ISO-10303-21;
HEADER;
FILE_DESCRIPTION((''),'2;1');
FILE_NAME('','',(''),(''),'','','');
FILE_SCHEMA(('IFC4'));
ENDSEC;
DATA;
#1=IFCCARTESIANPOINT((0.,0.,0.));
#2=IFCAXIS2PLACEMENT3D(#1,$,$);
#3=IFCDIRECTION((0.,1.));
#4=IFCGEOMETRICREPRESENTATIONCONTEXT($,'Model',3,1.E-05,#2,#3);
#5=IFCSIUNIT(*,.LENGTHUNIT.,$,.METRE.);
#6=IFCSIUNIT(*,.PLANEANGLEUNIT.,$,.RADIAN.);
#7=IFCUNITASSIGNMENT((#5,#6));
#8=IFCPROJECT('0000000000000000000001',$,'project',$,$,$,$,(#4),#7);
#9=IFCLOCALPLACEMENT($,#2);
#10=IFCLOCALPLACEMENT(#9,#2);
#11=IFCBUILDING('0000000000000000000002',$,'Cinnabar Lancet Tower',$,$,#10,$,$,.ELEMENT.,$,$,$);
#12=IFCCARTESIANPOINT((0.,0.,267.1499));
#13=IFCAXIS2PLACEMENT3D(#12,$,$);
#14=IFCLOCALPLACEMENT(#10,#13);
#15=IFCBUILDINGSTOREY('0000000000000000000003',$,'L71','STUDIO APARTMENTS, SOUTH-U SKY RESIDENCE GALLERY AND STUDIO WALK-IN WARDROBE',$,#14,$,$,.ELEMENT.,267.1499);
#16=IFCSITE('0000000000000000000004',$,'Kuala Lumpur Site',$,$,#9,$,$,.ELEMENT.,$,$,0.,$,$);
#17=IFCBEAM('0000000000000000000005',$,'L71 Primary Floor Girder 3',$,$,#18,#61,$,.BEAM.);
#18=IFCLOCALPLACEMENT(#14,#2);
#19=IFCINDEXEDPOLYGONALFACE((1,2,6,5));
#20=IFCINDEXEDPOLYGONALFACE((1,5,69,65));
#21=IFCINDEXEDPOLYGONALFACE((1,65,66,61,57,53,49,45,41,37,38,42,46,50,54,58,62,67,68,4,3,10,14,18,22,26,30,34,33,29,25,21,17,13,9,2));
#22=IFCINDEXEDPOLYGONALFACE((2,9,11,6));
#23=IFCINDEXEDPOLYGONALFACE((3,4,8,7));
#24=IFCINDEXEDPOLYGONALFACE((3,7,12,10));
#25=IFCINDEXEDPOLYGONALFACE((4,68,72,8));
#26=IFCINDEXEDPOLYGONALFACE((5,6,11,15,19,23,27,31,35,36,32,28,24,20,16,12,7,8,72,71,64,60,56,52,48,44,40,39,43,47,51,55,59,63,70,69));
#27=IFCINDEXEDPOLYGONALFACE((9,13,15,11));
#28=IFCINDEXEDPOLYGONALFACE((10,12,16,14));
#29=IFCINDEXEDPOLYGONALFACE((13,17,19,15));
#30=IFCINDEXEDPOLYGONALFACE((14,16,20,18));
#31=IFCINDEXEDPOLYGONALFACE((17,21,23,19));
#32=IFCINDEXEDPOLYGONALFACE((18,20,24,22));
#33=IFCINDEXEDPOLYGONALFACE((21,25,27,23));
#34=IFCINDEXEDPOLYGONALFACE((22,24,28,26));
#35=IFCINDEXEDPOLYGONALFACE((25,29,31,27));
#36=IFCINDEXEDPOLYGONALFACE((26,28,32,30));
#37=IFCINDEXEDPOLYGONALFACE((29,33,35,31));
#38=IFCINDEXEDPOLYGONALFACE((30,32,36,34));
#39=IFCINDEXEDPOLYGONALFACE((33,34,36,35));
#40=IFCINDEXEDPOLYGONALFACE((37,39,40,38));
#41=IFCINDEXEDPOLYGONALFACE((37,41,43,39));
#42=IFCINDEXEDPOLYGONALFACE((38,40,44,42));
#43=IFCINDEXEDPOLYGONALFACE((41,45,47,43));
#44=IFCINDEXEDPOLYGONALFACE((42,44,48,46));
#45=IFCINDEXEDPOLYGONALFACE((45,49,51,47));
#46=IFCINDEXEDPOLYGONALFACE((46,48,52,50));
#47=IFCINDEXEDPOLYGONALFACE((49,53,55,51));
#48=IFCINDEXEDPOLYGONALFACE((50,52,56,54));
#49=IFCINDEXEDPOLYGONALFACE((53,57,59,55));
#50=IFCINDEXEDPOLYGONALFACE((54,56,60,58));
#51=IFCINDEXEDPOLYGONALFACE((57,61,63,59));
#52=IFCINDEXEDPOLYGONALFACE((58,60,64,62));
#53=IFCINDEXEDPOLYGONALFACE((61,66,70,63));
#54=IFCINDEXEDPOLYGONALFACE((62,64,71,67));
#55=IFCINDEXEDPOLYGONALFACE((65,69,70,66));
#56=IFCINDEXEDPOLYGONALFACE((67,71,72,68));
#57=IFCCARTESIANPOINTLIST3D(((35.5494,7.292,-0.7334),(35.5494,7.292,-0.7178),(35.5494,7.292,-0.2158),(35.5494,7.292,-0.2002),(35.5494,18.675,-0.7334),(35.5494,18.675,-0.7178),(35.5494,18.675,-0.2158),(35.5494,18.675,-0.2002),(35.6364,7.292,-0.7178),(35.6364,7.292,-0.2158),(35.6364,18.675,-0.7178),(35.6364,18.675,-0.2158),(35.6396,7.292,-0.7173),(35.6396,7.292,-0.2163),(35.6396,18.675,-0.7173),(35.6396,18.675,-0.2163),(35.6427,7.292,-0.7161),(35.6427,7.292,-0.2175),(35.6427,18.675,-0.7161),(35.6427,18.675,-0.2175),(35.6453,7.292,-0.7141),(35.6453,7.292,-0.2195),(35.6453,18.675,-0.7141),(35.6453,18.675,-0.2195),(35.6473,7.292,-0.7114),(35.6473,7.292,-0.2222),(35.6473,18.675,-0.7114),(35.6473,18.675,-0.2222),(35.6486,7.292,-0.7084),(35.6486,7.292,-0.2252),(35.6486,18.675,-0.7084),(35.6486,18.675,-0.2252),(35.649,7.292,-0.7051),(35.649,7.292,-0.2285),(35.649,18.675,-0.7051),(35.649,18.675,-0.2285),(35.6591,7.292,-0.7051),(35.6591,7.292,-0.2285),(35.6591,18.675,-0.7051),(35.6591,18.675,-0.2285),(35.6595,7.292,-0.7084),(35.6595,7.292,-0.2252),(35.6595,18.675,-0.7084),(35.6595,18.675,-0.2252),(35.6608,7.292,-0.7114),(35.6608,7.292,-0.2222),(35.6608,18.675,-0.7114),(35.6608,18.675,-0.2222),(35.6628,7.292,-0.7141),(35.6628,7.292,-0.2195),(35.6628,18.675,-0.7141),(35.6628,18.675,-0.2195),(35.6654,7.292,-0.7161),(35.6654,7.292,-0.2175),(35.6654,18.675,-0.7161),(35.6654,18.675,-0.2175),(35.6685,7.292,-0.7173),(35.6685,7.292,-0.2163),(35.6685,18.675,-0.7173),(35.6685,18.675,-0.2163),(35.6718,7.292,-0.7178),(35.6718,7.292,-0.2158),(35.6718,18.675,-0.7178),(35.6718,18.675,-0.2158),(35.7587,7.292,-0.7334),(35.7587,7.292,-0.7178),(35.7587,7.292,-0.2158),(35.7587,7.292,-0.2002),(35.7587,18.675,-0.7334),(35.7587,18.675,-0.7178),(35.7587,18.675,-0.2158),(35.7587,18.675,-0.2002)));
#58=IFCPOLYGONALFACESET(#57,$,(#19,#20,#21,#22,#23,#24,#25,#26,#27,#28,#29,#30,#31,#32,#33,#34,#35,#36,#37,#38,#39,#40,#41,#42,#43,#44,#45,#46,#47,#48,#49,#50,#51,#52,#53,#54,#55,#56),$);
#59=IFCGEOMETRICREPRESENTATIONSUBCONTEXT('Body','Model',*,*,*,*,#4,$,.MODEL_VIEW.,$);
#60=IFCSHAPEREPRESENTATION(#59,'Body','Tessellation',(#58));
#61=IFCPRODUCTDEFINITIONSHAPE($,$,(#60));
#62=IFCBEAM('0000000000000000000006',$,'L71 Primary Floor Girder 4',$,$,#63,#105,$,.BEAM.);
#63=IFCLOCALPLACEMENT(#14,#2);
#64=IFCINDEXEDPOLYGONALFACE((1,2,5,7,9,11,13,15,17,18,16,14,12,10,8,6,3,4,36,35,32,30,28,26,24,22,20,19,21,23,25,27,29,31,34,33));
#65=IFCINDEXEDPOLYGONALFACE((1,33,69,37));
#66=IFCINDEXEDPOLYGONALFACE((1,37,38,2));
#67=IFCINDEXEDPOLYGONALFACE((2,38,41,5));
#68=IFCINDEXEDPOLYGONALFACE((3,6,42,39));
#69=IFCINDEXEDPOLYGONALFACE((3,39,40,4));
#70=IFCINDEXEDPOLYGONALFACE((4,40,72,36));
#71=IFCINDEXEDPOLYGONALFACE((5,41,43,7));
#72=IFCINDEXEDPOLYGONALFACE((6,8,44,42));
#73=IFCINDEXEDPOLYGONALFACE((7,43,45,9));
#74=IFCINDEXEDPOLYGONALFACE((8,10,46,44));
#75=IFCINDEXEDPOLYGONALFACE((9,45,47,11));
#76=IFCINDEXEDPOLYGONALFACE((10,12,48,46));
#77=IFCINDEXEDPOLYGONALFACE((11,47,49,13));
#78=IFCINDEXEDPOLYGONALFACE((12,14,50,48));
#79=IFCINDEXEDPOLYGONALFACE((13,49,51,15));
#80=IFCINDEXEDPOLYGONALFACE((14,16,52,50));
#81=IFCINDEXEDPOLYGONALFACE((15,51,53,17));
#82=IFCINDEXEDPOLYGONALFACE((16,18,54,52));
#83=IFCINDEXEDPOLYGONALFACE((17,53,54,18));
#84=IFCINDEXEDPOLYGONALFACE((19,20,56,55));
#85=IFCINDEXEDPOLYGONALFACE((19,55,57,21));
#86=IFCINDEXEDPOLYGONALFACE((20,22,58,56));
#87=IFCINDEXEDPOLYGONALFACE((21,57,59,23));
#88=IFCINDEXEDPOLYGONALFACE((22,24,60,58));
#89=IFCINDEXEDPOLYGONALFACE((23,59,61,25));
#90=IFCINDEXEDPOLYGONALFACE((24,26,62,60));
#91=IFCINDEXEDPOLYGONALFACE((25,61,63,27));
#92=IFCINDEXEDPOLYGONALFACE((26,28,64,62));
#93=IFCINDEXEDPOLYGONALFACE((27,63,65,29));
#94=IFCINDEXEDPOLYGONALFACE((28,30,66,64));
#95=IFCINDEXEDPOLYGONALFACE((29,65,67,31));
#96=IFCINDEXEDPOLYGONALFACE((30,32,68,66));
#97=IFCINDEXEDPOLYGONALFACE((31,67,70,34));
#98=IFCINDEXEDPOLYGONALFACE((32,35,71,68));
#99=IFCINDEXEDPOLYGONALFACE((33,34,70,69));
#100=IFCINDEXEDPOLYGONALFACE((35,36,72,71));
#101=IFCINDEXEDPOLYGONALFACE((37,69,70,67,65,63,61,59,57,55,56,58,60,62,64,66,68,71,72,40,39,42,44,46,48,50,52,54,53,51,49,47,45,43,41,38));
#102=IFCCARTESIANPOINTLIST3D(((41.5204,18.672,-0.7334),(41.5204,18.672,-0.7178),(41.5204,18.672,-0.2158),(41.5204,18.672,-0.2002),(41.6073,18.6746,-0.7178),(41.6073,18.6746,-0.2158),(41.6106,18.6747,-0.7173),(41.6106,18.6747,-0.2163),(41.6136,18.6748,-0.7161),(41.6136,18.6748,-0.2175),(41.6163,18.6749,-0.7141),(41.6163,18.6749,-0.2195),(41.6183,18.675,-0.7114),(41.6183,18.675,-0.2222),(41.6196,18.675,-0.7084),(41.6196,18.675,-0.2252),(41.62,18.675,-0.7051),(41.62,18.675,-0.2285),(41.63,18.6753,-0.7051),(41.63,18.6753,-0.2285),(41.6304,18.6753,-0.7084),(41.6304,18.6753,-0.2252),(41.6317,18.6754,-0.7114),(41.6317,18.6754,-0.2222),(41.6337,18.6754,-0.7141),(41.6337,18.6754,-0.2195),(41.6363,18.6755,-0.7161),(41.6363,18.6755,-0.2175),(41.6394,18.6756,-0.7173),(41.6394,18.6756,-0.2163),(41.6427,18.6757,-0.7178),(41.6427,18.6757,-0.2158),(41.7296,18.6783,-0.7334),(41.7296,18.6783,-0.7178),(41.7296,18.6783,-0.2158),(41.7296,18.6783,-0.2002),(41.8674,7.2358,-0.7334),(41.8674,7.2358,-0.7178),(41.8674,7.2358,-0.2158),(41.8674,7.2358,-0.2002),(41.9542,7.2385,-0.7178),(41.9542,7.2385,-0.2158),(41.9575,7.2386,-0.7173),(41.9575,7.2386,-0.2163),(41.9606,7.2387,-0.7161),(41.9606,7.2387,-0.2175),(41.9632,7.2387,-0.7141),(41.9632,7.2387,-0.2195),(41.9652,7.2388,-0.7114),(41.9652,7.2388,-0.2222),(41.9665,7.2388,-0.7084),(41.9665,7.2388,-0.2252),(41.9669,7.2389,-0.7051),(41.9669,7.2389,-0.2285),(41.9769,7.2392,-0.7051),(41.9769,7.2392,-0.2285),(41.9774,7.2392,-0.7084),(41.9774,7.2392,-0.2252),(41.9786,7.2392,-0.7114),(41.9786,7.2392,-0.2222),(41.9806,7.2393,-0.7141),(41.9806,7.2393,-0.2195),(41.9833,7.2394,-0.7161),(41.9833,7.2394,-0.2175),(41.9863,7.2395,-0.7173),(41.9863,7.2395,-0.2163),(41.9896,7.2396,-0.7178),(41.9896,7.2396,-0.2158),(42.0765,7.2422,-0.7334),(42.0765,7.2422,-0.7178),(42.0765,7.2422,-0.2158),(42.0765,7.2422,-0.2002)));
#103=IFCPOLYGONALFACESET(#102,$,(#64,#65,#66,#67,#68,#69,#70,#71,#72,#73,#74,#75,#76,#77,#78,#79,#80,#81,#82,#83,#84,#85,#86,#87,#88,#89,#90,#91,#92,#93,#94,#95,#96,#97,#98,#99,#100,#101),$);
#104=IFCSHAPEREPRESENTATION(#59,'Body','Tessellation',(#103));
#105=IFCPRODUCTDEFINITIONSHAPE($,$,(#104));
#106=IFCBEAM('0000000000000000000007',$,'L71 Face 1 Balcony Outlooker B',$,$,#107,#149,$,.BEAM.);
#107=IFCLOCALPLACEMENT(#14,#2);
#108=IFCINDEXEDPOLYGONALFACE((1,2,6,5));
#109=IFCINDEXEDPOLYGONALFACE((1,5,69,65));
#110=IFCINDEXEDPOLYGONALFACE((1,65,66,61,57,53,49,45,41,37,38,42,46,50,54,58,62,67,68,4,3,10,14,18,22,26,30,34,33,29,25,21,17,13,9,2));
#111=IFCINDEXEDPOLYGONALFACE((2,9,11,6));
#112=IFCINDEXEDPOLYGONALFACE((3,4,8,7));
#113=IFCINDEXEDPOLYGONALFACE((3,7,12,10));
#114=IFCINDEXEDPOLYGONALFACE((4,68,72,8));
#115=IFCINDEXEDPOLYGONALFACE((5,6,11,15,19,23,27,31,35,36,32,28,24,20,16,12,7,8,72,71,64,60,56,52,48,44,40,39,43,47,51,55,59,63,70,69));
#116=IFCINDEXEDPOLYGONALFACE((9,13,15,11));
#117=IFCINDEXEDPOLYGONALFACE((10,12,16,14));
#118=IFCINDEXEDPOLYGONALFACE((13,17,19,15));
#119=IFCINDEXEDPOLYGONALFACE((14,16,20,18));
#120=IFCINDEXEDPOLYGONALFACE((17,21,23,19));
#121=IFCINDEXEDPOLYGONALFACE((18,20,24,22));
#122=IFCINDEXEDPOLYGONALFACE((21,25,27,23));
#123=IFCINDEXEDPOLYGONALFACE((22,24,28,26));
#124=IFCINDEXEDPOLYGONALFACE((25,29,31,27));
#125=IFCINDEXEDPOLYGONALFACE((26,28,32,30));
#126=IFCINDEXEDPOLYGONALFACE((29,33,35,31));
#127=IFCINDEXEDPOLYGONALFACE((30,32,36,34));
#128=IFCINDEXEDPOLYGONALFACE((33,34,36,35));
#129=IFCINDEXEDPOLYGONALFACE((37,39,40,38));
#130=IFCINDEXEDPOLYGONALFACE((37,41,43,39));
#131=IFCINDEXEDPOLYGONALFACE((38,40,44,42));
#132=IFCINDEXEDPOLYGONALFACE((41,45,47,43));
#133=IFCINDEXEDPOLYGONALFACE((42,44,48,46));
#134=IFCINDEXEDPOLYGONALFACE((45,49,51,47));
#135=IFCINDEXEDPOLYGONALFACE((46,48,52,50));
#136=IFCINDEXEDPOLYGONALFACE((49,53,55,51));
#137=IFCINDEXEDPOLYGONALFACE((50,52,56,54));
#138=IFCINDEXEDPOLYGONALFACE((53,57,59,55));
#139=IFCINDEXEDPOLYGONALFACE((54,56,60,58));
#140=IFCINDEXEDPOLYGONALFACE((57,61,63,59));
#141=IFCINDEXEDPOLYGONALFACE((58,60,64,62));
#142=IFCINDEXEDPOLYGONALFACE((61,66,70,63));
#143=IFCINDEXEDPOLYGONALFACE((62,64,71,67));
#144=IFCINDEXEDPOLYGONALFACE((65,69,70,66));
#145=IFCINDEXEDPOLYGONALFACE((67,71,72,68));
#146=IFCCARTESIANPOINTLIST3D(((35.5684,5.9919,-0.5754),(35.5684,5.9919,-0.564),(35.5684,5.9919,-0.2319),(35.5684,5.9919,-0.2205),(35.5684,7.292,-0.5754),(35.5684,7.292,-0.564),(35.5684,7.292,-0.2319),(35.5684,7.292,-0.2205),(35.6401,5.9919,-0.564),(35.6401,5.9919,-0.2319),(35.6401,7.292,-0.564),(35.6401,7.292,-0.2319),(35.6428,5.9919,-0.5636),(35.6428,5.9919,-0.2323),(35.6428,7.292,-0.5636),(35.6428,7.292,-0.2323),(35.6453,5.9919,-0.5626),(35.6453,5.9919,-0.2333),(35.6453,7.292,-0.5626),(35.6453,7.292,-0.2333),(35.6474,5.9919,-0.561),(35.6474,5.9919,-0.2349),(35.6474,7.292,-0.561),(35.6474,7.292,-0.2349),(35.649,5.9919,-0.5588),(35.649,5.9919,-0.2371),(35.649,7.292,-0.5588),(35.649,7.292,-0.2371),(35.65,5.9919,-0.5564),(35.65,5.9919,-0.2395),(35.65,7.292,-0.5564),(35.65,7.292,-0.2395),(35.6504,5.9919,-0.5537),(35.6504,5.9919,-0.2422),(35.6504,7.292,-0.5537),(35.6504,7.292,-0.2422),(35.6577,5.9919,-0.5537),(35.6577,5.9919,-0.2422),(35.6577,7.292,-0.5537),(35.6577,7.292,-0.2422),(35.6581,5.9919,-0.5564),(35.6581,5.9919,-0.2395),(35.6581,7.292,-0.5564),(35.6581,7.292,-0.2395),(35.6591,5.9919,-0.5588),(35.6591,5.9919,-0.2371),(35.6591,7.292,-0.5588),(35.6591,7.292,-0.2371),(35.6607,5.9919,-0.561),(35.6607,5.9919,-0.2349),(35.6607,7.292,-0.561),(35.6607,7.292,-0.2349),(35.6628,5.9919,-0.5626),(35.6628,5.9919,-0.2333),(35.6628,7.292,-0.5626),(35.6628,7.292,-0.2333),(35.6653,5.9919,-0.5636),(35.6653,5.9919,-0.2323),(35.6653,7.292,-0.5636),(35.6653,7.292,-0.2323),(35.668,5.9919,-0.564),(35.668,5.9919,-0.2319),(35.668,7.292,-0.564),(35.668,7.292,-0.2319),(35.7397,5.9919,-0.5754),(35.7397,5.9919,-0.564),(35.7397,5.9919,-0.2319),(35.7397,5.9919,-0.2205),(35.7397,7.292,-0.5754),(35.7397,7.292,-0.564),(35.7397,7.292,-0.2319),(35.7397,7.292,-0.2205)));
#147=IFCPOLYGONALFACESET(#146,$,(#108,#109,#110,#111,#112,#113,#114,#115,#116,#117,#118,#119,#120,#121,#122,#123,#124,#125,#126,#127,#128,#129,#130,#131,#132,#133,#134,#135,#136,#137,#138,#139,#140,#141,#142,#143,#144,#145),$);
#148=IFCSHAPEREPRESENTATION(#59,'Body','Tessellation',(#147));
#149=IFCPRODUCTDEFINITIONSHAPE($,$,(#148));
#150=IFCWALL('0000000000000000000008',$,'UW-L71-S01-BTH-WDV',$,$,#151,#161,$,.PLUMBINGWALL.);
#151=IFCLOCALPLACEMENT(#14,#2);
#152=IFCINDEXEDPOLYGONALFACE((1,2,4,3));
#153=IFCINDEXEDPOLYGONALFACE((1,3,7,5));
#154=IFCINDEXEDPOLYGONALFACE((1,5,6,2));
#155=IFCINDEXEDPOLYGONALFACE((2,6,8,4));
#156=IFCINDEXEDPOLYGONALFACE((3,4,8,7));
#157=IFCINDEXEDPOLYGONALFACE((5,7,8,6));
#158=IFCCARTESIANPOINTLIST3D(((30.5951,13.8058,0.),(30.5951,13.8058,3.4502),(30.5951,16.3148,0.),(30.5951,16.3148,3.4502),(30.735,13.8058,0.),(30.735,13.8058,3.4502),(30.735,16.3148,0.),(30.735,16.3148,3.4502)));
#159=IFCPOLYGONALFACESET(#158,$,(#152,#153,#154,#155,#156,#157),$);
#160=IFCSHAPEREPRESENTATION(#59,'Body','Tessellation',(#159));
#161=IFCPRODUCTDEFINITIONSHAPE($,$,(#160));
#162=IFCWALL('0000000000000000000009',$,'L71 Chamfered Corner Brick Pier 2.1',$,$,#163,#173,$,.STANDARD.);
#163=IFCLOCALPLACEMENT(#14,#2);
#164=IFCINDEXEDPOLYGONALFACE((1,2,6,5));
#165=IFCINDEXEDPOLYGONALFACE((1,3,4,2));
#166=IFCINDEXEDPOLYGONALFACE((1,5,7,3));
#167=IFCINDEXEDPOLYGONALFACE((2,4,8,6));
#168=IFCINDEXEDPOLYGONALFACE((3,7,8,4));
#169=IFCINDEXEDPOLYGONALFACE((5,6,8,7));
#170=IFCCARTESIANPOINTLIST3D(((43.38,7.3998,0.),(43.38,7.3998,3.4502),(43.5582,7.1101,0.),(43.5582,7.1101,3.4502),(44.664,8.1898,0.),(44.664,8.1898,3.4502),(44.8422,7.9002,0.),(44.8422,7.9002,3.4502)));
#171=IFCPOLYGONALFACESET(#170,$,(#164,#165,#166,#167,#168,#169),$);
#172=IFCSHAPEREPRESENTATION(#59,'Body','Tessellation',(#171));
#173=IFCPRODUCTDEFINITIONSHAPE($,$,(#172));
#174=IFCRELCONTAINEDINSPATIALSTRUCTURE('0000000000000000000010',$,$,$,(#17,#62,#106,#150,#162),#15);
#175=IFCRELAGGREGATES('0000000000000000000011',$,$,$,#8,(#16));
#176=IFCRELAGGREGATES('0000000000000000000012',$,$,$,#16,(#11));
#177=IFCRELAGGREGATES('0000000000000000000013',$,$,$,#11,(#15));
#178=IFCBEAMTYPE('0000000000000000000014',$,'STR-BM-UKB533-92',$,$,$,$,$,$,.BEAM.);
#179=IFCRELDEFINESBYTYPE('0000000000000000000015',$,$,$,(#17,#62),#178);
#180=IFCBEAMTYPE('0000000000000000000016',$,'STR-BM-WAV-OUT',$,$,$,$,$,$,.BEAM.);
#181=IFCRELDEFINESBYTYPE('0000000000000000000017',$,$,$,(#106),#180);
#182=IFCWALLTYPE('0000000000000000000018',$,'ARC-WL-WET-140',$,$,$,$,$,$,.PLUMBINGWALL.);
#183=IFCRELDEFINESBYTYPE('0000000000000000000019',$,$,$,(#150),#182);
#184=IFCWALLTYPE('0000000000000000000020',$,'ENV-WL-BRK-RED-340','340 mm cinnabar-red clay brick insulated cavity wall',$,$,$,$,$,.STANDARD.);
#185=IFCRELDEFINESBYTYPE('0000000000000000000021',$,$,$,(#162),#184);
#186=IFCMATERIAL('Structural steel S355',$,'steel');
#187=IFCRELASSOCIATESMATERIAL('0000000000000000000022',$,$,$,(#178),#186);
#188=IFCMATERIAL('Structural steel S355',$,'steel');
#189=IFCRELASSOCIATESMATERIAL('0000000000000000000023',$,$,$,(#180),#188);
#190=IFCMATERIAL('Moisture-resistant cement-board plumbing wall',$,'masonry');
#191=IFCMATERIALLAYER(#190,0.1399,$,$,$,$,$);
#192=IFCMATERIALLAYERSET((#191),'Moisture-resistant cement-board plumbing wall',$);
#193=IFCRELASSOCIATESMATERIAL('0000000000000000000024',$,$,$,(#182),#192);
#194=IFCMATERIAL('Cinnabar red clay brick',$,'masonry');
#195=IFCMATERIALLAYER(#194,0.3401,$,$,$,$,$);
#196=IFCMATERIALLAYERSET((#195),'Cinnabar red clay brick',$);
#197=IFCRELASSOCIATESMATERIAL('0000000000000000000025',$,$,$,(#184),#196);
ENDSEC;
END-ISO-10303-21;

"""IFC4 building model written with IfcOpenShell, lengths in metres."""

from ifc_helpers import new_model, si_unit, direction, frame, frame_2d, origin, origin_2d, place, context, subcontext, project, spatial, rectangle, i_section, extrude, material, layer, layer_set, material_profile, profile_set, type_object, element, save


model = new_model("IFC4")

# Units and contexts
model_context = context("Model", 3, precision=1e-05, world=origin(), true_north=direction((0.0, 1.0)))
body_context = subcontext(model_context, "Body", "Model", "MODEL_VIEW")
ifc_project = project(units=[si_unit("LENGTHUNIT", "METRE"), si_unit("PLANEANGLEUNIT", "RADIAN")], contexts=[model_context])

# Site, building, storey
site_placement = place(None, origin())
site = spatial("IfcSite", under=ifc_project, at=site_placement, Name="Kuala Lumpur Site", CompositionType="ELEMENT", RefElevation=0.0)
building_placement = place(site_placement, origin())
building = spatial("IfcBuilding", under=site, at=building_placement, Name="Cinnabar Lancet Tower", CompositionType="ELEMENT")
storey_placement = place(building_placement, frame((0.0, 0.0, 267.1499)))
storey = spatial("IfcBuildingStorey", under=building, at=storey_placement, Name="L71", Description="STUDIO APARTMENTS, SOUTH-U SKY RESIDENCE GALLERY AND STUDIO WALK-IN WARDROBE", CompositionType="ELEMENT", Elevation=267.1499)

# Beams
ifc_material_1 = material(Name="Structural steel S355", Category="steel")
ifc_material_profile_1 = material_profile(ifc_material_1, i_section(OverallWidth=0.2092, OverallDepth=0.5332, WebThickness=0.01, FlangeThickness=0.0156, FilletRadius=0.0127, at=origin_2d()), Name="UKB 533x210x92")
ifc_profile_set_1 = profile_set([ifc_material_profile_1], Name="Structural steel S355")
beam_type_1 = type_object("IfcBeamType", Name="STR-BM-UKB533-92", PredefinedType="BEAM", material=ifc_profile_set_1)
beam_1_placement = place(storey_placement, frame((35.6541, 7.292, -0.4668), z_axis=(0.0, 1.0, 0.0), x_axis=(-1.0, 0.0, 0.0)))
element("IfcBeam", 1, at=beam_1_placement, inside=storey, type_object=beam_type_1, Name="L71 Primary Floor Girder 3", PredefinedType="BEAM", context=body_context, shape_type="SweptSolid", body=[
    extrude(i_section(OverallWidth=0.2092, OverallDepth=0.5332, WebThickness=0.01, FlangeThickness=0.0156, FilletRadius=0.0127, at=origin_2d()), origin(), (0.0, 0.0, 1.0), 11.3831),
])
beam_2_placement = place(storey_placement, frame((41.9719, 7.239, -0.4668), z_axis=(-0.030322, 0.99954, 0.0), x_axis=(-0.99954, -0.030322, 0.0)))
element("IfcBeam", 2, at=beam_2_placement, inside=storey, type_object=beam_type_1, Name="L71 Primary Floor Girder 4", PredefinedType="BEAM", context=body_context, shape_type="SweptSolid", body=[
    extrude(i_section(OverallWidth=0.2092, OverallDepth=0.5332, WebThickness=0.01, FlangeThickness=0.0156, FilletRadius=0.0127, at=origin_2d()), origin(), (0.0, 0.0, 1.0), 11.4414),
])
ifc_material_2 = material(Name="Structural steel S355", Category="steel")
ifc_material_profile_2 = material_profile(ifc_material_2, i_section(OverallWidth=0.1714, OverallDepth=0.355, WebThickness=0.0073, FlangeThickness=0.0115, FilletRadius=0.0103, at=origin_2d()), Name="UKB 356x171x51")
ifc_profile_set_2 = profile_set([ifc_material_profile_2], Name="Structural steel S355")
beam_type_2 = type_object("IfcBeamType", Name="STR-BM-WAV-OUT", PredefinedType="BEAM", material=ifc_profile_set_2)
beam_3_placement = place(storey_placement, frame((35.6541, 7.292, -0.3979), z_axis=(0.0, -1.0, 0.0), x_axis=(1.0, 0.0, 0.0)))
element("IfcBeam", 3, at=beam_3_placement, inside=storey, type_object=beam_type_2, Name="L71 Face 1 Balcony Outlooker B", PredefinedType="BEAM", context=body_context, shape_type="SweptSolid", body=[
    extrude(i_section(OverallWidth=0.1714, OverallDepth=0.355, WebThickness=0.0073, FlangeThickness=0.0115, FilletRadius=0.0103, at=origin_2d()), origin(), (0.0, 0.0, 1.0), 1.3),
])

# Walls
ifc_material_3 = material(Name="Moisture-resistant cement-board plumbing wall", Category="masonry")
ifc_layer_1 = layer(ifc_material_3, 0.1399)
ifc_layer_set_1 = layer_set([ifc_layer_1], Name="Moisture-resistant cement-board plumbing wall")
wall_type_1 = type_object("IfcWallType", Name="ARC-WL-WET-140", PredefinedType="PLUMBINGWALL", material=ifc_layer_set_1)
wall_1_placement = place(storey_placement, frame((30.665, 13.8059, 0.0), z_axis=(0.0, 0.0, 1.0), x_axis=(0.0, 1.0, 0.0)))
element("IfcWall", 4, at=wall_1_placement, inside=storey, type_object=wall_type_1, Name="UW-L71-S01-BTH-WDV", PredefinedType="PLUMBINGWALL", context=body_context, shape_type="SweptSolid", body=[
    extrude(rectangle(XDim=2.509, YDim=0.1399, at=frame_2d((1.2544, 0.0))), origin(), (0.0, 0.0, 1.0), 3.4502),
])
ifc_material_4 = material(Name="Cinnabar red clay brick", Category="masonry")
ifc_layer_2 = layer(ifc_material_4, 0.3401)
ifc_layer_set_2 = layer_set([ifc_layer_2], Name="Cinnabar red clay brick")
wall_type_2 = type_object("IfcWallType", Name="ENV-WL-BRK-RED-340", Description="340 mm cinnabar-red clay brick insulated cavity wall", PredefinedType="STANDARD", material=ifc_layer_set_2)
wall_2_placement = place(storey_placement, frame((43.469, 7.2549, 0.0), z_axis=(0.0, 0.0, 1.0), x_axis=(0.851681, 0.524061, 0.0)))
element("IfcWall", 5, at=wall_2_placement, inside=storey, type_object=wall_type_2, Name="L71 Chamfered Corner Brick Pier 2.1", PredefinedType="STANDARD", context=body_context, shape_type="SweptSolid", body=[
    extrude(rectangle(XDim=1.5076, YDim=0.3401, at=frame_2d((0.7539, 0.0))), origin(), (0.0, 0.0, 1.0), 3.4502),
])

save(model, "model.ifc")
